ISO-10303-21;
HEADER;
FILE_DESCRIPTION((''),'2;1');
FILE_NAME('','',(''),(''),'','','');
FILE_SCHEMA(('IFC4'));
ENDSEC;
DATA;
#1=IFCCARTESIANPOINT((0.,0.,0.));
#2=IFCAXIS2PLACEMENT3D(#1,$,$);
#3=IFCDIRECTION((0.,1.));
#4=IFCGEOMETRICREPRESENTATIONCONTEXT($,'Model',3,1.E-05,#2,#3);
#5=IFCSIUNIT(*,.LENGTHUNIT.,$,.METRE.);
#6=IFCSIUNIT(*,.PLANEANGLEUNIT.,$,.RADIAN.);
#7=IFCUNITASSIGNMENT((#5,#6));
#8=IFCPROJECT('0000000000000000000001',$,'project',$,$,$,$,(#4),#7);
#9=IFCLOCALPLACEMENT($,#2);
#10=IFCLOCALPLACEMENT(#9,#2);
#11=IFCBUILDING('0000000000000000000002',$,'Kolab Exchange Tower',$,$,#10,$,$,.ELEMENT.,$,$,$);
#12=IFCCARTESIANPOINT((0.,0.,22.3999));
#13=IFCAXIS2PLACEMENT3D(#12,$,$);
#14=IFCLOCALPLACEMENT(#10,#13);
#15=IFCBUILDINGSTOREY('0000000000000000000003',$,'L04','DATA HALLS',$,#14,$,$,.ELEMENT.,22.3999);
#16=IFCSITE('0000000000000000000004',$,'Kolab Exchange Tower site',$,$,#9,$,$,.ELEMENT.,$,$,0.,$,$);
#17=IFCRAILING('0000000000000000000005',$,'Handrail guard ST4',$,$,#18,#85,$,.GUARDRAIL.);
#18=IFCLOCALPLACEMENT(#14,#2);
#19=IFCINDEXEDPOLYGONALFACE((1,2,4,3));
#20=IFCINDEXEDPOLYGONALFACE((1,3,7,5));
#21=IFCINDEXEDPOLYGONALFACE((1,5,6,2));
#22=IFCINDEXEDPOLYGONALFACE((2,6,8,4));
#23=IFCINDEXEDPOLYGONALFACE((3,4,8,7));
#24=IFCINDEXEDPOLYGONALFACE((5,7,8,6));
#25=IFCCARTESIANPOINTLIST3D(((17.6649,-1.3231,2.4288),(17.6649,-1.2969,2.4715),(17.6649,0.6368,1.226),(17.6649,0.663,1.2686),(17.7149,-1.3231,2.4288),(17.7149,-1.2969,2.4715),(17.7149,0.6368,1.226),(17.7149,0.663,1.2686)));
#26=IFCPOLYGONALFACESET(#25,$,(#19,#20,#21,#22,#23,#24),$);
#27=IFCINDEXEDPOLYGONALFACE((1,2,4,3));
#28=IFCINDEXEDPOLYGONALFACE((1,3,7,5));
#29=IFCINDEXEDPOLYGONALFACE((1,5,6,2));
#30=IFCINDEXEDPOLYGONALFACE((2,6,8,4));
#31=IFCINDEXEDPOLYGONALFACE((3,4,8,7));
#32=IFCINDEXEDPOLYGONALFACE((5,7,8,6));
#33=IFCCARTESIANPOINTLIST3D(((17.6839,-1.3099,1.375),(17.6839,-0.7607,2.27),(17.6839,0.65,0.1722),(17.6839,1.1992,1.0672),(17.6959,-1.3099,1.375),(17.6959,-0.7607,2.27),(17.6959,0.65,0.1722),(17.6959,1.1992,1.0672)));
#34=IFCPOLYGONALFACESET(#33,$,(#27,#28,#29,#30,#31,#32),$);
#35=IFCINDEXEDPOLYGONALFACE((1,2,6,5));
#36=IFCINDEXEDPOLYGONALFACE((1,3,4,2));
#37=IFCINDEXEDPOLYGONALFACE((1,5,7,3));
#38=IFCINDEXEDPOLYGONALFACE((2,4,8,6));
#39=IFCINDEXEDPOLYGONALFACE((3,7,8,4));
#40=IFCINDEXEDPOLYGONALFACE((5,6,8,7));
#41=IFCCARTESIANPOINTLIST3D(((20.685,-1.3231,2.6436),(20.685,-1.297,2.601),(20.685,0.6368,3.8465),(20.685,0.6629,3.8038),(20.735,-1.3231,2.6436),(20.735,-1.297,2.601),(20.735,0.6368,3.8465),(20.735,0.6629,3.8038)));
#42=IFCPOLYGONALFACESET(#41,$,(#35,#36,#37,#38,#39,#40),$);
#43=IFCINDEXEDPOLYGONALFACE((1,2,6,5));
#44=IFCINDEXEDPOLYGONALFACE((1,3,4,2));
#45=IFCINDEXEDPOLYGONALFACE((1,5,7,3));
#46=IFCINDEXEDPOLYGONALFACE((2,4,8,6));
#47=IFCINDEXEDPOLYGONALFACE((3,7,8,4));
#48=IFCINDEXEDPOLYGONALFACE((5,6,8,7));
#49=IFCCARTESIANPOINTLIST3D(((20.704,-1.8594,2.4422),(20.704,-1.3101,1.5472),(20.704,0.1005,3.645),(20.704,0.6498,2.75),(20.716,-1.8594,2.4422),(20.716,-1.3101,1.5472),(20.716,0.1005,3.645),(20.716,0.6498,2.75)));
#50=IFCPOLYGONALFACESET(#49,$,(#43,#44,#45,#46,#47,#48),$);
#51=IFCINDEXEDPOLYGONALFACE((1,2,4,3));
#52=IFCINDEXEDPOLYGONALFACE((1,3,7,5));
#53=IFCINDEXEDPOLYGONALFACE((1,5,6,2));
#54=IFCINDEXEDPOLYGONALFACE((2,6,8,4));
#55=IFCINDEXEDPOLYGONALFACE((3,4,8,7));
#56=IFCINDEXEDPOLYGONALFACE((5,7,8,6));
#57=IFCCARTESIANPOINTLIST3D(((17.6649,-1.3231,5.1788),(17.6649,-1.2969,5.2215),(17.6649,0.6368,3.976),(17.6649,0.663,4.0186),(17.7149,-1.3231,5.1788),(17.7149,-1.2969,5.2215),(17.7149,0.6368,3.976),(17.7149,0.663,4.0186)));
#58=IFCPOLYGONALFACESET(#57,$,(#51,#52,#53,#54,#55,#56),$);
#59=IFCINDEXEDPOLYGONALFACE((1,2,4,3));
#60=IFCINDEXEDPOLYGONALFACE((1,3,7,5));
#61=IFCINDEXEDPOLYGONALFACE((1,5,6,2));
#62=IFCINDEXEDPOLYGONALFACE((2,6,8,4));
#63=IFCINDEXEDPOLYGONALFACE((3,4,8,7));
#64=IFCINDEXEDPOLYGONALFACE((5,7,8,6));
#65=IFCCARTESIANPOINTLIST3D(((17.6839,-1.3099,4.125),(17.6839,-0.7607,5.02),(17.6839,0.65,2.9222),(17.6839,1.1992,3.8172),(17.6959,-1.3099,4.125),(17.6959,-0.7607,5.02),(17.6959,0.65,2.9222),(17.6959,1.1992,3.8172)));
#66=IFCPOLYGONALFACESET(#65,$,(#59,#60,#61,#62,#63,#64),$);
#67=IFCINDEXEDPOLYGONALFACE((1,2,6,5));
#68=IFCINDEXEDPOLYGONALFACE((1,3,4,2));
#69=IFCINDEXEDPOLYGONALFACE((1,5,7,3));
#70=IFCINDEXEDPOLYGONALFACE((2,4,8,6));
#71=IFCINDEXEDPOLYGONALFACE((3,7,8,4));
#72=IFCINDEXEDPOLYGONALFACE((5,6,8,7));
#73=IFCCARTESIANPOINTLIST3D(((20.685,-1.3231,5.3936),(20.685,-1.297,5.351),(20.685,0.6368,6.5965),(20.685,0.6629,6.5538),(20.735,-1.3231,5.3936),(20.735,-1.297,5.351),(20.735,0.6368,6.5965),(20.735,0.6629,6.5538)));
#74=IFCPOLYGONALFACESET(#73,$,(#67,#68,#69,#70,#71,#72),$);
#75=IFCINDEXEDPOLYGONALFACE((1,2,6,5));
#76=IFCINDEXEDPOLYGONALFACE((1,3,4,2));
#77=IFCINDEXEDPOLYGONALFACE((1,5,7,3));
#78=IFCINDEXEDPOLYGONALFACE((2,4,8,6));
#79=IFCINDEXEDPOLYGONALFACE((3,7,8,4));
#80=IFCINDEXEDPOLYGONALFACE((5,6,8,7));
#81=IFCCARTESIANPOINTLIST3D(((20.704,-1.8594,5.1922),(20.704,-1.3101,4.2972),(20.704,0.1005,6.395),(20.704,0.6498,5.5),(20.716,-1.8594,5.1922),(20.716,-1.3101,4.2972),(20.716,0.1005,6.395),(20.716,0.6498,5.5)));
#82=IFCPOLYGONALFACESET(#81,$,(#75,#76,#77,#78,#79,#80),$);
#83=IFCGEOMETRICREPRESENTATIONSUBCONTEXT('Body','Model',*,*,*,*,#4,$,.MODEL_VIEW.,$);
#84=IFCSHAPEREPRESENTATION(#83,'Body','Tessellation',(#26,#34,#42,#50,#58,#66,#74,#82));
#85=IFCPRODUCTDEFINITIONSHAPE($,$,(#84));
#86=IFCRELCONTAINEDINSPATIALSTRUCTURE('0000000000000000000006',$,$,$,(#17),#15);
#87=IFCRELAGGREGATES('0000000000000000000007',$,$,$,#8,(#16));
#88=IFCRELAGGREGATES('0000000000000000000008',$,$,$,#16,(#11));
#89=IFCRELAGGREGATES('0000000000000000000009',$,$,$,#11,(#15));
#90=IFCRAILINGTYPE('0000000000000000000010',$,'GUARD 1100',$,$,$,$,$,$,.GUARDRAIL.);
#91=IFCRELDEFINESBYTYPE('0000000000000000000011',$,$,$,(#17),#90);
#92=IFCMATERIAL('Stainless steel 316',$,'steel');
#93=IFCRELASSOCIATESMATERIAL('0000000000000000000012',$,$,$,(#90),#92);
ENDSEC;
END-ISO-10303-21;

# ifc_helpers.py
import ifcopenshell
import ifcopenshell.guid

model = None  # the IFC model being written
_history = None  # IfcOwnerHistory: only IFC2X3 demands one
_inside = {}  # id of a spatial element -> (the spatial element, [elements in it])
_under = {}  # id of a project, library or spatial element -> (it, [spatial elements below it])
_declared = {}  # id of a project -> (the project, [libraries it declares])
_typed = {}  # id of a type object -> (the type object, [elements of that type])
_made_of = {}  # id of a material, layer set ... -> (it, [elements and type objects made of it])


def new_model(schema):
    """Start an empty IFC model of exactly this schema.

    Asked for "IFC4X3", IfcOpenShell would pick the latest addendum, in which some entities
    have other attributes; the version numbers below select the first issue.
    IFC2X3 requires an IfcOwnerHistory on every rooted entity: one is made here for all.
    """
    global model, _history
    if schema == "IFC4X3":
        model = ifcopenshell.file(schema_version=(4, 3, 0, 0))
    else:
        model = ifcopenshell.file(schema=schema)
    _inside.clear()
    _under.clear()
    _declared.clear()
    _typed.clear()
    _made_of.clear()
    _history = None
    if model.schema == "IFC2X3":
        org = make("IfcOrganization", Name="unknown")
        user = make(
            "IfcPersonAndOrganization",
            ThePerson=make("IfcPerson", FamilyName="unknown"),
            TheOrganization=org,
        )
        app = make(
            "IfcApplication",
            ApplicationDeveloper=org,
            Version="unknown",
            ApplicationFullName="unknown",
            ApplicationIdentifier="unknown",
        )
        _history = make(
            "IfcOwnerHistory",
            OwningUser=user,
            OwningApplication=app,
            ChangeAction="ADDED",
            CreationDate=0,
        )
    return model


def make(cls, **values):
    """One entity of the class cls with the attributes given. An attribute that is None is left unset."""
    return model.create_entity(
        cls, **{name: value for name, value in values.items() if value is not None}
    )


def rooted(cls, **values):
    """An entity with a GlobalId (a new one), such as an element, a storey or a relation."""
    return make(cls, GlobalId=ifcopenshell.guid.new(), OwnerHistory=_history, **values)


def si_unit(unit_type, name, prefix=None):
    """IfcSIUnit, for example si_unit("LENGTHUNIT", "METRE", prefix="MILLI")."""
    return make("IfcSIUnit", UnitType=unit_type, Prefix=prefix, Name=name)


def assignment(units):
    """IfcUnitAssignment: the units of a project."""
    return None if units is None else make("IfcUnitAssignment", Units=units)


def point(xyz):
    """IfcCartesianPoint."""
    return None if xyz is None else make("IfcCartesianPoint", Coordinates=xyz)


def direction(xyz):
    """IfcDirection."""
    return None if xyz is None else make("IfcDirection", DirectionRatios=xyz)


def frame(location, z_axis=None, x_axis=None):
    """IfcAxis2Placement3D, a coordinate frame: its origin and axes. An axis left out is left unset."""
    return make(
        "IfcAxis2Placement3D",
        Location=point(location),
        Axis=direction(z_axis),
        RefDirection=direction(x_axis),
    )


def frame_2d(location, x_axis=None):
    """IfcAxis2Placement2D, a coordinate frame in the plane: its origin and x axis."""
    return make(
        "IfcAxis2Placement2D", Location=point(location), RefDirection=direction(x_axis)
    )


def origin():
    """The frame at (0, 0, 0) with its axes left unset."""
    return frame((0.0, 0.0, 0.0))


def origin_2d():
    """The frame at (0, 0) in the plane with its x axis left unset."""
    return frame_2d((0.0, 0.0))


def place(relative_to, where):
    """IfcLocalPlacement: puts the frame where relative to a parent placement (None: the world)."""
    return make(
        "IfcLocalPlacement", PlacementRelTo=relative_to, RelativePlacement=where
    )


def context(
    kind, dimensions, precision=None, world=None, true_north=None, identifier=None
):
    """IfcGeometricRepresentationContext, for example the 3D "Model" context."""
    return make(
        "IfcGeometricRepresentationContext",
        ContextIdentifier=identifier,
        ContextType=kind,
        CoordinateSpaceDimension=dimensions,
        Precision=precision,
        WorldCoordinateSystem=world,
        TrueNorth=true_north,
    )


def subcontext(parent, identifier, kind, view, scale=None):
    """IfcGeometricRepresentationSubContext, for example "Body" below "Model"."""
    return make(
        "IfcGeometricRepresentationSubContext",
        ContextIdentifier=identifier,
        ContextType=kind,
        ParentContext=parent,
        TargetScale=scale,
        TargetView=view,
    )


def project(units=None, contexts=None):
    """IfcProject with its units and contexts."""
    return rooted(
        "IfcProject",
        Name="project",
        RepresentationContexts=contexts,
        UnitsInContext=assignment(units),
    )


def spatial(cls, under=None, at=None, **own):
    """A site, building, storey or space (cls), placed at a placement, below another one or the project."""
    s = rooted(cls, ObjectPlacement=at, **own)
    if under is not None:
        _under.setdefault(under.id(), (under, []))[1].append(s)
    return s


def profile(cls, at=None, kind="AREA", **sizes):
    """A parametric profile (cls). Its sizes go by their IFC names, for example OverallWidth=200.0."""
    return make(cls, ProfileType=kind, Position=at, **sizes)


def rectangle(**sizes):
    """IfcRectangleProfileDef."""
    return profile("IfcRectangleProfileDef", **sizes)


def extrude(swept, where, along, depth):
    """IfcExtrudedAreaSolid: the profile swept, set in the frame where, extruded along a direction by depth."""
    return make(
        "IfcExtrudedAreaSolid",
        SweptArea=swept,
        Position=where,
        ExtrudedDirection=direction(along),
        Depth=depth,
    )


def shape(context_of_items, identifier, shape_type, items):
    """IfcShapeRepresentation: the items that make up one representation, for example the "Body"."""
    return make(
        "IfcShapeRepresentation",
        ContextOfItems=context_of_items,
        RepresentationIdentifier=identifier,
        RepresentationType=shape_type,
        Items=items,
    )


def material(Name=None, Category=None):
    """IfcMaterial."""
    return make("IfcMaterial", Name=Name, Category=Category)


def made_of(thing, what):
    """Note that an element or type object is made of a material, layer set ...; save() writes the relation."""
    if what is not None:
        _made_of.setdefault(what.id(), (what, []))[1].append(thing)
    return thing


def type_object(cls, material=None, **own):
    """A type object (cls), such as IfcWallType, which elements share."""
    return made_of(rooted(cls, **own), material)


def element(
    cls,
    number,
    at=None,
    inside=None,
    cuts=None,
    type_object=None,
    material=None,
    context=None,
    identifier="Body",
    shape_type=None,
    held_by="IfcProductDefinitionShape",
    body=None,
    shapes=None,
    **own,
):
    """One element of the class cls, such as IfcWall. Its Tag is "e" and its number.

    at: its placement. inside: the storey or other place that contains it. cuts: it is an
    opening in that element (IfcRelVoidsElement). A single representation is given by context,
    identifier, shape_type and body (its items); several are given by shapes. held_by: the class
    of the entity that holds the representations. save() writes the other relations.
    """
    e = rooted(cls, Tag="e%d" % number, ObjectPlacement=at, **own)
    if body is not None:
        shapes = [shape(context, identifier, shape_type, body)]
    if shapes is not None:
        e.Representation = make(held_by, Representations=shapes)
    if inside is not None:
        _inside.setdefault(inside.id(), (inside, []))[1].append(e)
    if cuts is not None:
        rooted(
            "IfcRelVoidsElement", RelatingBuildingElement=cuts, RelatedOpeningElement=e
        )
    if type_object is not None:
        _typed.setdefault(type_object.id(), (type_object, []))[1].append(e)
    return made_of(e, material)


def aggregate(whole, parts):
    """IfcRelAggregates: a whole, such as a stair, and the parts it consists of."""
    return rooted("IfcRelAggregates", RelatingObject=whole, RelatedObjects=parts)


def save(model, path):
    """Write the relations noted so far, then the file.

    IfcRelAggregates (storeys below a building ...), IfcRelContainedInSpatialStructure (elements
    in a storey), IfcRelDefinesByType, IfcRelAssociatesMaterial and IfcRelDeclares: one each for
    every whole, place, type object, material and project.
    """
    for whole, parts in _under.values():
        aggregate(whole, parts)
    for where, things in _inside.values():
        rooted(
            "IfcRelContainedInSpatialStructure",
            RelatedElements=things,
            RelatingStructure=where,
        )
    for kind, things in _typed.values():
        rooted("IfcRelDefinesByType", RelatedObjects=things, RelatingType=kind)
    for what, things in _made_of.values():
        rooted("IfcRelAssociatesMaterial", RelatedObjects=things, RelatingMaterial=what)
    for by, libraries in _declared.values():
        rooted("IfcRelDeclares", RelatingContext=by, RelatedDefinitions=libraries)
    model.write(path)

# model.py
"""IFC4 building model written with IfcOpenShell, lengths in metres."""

from ifc_helpers import new_model, si_unit, direction, frame, frame_2d, origin, origin_2d, place, context, subcontext, project, spatial, rectangle, extrude, material, type_object, element, save


model = new_model("IFC4")

# Units and contexts
model_context = context("Model", 3, precision=1e-05, world=origin(), true_north=direction((0.0, 1.0)))
body_context = subcontext(model_context, "Body", "Model", "MODEL_VIEW")
ifc_project = project(units=[si_unit("LENGTHUNIT", "METRE"), si_unit("PLANEANGLEUNIT", "RADIAN")], contexts=[model_context])

# Site, building, storey
site_placement = place(None, origin())
site = spatial("IfcSite", under=ifc_project, at=site_placement, Name="Kolab Exchange Tower site", CompositionType="ELEMENT", RefElevation=0.0)
building_placement = place(site_placement, origin())
building = spatial("IfcBuilding", under=site, at=building_placement, Name="Kolab Exchange Tower", CompositionType="ELEMENT")
storey_placement = place(building_placement, frame((0.0, 0.0, 22.3999)))
storey = spatial("IfcBuildingStorey", under=building, at=storey_placement, Name="L04", Description="DATA HALLS", CompositionType="ELEMENT", Elevation=22.3999)

# Railing
ifc_material_1 = material(Name="Stainless steel 316", Category="steel")
railing_type = type_object("IfcRailingType", Name="GUARD 1100", PredefinedType="GUARDRAIL", material=ifc_material_1)
railing_placement = place(storey_placement, frame((17.6899, 0.6499, 0.1721)))
element("IfcRailing", 1, at=railing_placement, inside=storey, type_object=railing_type, Name="Handrail guard ST4", PredefinedType="GUARDRAIL", context=body_context, shape_type="SweptSolid", body=[
    extrude(rectangle(XDim=0.05, YDim=0.05, at=origin_2d()), frame((0.0, 0.0, 1.0752), z_axis=(0.0, -0.852288, 0.523072), x_axis=(1.0, 0.0, 0.0)), (0.0, 0.0, 1.0), 2.2996),
    extrude(rectangle(XDim=0.012, YDim=1.0501, at=frame_2d((0.0, 0.5251))), frame((0.0, 0.0, 0.0), z_axis=(0.0, -0.852288, 0.523072), x_axis=(1.0, 0.0, 0.0)), (0.0, 0.0, 1.0), 2.2996),
    extrude(rectangle(XDim=0.05, YDim=0.05, at=origin_2d()), frame((3.02, -1.96, 2.4502), z_axis=(0.0, 0.852288, 0.523072), x_axis=(-1.0, 0.0, 0.0)), (0.0, 0.0, 1.0), 2.2996),
    extrude(rectangle(XDim=0.012, YDim=1.0501, at=frame_2d((0.0, 0.5251))), frame((3.02, -1.96, 1.375), z_axis=(0.0, 0.852288, 0.523072), x_axis=(-1.0, 0.0, 0.0)), (0.0, 0.0, 1.0), 2.2996),
    extrude(rectangle(XDim=0.05, YDim=0.05, at=origin_2d()), frame((0.0, 0.0, 3.8252), z_axis=(0.0, -0.852288, 0.523072), x_axis=(1.0, 0.0, 0.0)), (0.0, 0.0, 1.0), 2.2996),
    extrude(rectangle(XDim=0.012, YDim=1.0501, at=frame_2d((0.0, 0.5251))), frame((0.0, 0.0, 2.75), z_axis=(0.0, -0.852288, 0.523072), x_axis=(1.0, 0.0, 0.0)), (0.0, 0.0, 1.0), 2.2996),
    extrude(rectangle(XDim=0.05, YDim=0.05, at=origin_2d()), frame((3.02, -1.96, 5.2002), z_axis=(0.0, 0.852288, 0.523072), x_axis=(-1.0, 0.0, 0.0)), (0.0, 0.0, 1.0), 2.2996),
    extrude(rectangle(XDim=0.012, YDim=1.0501, at=frame_2d((0.0, 0.5251))), frame((3.02, -1.96, 4.125), z_axis=(0.0, 0.852288, 0.523072), x_axis=(-1.0, 0.0, 0.0)), (0.0, 0.0, 1.0), 2.2996),
])

save(model, "model.ifc")
